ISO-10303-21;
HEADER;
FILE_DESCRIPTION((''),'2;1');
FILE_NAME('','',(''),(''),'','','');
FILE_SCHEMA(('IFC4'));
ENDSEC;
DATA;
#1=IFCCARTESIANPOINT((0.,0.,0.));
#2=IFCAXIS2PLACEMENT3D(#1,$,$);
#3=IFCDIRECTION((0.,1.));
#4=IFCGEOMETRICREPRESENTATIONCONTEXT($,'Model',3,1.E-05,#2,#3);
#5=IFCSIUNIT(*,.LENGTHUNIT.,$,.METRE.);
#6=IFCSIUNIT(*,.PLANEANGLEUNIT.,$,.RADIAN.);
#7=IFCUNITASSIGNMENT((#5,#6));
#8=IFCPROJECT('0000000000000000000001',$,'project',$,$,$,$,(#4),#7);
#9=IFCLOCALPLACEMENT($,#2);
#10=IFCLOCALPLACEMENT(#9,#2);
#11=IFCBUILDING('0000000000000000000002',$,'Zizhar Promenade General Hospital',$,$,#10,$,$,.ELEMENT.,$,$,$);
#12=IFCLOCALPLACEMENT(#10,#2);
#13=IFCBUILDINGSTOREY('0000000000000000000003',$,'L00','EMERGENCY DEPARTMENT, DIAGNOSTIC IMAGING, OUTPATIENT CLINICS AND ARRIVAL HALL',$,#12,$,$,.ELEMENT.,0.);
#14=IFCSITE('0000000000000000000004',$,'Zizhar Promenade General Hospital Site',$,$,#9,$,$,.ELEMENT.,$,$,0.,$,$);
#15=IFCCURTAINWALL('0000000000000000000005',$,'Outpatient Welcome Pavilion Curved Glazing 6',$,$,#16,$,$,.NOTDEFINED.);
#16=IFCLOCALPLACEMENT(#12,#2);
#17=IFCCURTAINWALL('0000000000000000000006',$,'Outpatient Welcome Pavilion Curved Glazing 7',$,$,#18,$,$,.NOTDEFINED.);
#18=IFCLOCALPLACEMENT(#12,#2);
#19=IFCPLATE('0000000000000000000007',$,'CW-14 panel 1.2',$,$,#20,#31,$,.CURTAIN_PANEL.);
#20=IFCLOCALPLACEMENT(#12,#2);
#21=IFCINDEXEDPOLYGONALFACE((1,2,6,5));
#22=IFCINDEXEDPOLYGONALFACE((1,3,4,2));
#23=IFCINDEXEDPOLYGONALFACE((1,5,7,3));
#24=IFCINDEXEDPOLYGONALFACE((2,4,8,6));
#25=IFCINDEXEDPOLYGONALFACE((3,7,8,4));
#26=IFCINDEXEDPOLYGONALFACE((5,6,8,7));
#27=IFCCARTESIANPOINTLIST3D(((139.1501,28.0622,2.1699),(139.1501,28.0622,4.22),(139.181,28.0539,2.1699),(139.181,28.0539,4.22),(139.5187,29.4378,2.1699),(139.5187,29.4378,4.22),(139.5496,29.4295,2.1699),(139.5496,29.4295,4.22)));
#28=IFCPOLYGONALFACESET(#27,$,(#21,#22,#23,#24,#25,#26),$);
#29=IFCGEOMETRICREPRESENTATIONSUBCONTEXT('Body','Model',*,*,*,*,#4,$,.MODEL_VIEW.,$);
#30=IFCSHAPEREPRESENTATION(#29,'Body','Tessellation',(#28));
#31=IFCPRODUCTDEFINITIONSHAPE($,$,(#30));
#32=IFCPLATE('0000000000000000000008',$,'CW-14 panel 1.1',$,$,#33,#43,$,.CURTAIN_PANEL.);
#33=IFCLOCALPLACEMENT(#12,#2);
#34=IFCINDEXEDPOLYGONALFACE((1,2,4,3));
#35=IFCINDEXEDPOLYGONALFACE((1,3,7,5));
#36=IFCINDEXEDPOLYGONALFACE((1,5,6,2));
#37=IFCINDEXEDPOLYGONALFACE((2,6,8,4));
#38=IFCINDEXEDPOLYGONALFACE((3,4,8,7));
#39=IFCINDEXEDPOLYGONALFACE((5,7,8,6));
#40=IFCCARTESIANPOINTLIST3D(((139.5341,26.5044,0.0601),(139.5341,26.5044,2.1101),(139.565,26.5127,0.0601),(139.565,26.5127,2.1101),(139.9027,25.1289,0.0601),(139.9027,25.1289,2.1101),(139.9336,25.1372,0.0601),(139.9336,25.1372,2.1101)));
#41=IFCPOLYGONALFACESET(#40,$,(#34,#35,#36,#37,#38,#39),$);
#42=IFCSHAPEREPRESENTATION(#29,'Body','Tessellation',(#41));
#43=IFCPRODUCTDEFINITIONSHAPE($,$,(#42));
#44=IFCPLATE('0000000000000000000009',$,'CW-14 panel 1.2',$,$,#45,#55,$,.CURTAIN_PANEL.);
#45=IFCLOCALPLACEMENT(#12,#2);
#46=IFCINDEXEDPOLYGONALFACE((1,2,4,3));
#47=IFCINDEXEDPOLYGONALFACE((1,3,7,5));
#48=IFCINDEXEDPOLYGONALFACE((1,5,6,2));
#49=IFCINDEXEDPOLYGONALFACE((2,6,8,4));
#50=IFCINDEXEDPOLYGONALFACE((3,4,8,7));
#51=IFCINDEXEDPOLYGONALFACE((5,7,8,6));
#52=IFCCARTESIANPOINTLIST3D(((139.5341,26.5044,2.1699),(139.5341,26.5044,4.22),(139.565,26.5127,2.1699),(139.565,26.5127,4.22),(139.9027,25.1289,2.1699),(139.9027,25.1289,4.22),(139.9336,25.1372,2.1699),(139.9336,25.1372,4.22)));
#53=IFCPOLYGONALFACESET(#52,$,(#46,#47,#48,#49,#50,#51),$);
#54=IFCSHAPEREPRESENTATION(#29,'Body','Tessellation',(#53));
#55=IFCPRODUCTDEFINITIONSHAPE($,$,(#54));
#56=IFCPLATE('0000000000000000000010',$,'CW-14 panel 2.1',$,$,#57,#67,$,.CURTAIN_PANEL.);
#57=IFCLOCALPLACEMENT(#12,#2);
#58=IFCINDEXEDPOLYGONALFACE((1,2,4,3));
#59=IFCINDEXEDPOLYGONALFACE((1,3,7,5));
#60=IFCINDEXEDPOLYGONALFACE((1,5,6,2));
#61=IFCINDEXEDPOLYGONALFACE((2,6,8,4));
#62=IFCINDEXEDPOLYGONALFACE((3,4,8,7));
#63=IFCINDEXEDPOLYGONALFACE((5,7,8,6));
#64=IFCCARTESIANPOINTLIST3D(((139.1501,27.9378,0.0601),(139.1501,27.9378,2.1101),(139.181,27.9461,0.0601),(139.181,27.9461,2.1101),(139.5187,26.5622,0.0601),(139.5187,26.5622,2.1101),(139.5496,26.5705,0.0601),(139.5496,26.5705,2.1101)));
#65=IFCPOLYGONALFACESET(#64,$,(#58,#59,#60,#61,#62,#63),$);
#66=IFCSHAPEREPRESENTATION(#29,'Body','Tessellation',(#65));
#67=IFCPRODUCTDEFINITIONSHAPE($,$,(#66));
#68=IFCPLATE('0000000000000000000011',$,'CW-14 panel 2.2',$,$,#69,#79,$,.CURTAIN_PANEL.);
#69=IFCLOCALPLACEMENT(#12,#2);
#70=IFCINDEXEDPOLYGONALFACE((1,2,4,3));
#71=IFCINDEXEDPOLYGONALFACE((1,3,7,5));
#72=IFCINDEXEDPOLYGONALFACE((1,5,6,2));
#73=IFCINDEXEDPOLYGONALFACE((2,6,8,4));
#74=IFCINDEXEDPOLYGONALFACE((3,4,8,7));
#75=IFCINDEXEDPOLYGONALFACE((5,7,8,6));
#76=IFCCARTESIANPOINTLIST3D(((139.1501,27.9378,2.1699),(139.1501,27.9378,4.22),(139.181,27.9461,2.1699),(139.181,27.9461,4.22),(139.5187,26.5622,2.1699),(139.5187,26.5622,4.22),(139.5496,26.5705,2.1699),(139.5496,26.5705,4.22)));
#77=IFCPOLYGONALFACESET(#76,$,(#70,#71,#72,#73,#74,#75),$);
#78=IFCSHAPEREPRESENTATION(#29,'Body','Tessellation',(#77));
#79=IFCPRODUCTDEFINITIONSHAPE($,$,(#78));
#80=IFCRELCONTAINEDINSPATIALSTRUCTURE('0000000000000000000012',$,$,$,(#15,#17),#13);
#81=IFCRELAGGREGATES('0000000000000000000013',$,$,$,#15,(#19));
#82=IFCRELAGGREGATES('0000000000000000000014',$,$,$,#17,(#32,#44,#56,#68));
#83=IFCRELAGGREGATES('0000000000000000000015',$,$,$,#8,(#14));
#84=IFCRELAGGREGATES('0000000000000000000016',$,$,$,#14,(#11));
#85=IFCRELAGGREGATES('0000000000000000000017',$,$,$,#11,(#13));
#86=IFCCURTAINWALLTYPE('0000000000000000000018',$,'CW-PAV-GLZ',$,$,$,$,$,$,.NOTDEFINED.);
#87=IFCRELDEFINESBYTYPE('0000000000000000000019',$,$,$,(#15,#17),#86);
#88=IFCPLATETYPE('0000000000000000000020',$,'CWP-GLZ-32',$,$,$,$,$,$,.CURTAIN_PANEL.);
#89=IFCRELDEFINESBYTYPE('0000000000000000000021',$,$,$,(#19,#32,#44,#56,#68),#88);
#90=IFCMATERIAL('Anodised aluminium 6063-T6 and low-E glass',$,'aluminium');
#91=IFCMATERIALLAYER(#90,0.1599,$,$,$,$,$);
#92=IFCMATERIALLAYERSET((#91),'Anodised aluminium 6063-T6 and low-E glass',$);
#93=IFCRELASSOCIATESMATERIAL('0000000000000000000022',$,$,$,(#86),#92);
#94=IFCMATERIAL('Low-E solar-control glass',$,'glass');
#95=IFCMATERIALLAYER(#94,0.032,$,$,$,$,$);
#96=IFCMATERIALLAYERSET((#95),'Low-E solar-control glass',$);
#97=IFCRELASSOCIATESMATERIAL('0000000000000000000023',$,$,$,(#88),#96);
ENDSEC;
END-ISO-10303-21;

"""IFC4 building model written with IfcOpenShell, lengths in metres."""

from ifc_helpers import new_model, si_unit, direction, frame, origin, origin_2d, place, context, subcontext, project, spatial, rectangle, extrude, material, layer, layer_set, type_object, element, aggregate, save


model = new_model("IFC4")

# Units and contexts
model_context = context("Model", 3, precision=1e-05, world=origin(), true_north=direction((0.0, 1.0)))
body_context = subcontext(model_context, "Body", "Model", "MODEL_VIEW")
ifc_project = project(units=[si_unit("LENGTHUNIT", "METRE"), si_unit("PLANEANGLEUNIT", "RADIAN")], contexts=[model_context])

# Site, building, storey
site_placement = place(None, origin())
site = spatial("IfcSite", under=ifc_project, at=site_placement, Name="Zizhar Promenade General Hospital Site", CompositionType="ELEMENT", RefElevation=0.0)
building_placement = place(site_placement, origin())
building = spatial("IfcBuilding", under=site, at=building_placement, Name="Zizhar Promenade General Hospital", CompositionType="ELEMENT")
storey_placement = place(building_placement, origin())
storey = spatial("IfcBuildingStorey", under=building, at=storey_placement, Name="L00", Description="EMERGENCY DEPARTMENT, DIAGNOSTIC IMAGING, OUTPATIENT CLINICS AND ARRIVAL HALL", CompositionType="ELEMENT", Elevation=0.0)

# Curtain walls
ifc_material_1 = material(Name="Anodised aluminium 6063-T6 and low-E glass", Category="aluminium")
ifc_layer_1 = layer(ifc_material_1, 0.1599)
ifc_layer_set_1 = layer_set([ifc_layer_1], Name="Anodised aluminium 6063-T6 and low-E glass")
curtain_wall_type = type_object("IfcCurtainWallType", Name="CW-PAV-GLZ", PredefinedType="NOTDEFINED", material=ifc_layer_set_1)
curtain_wall_1_placement = place(storey_placement, origin())
curtain_wall_1 = element("IfcCurtainWall", 1, at=curtain_wall_1_placement, inside=storey, type_object=curtain_wall_type, Name="Outpatient Welcome Pavilion Curved Glazing 6", PredefinedType="NOTDEFINED")
curtain_wall_2_placement = place(storey_placement, origin())
curtain_wall_2 = element("IfcCurtainWall", 2, at=curtain_wall_2_placement, inside=storey, type_object=curtain_wall_type, Name="Outpatient Welcome Pavilion Curved Glazing 7", PredefinedType="NOTDEFINED")

# Plates
ifc_material_2 = material(Name="Low-E solar-control glass", Category="glass")
ifc_layer_2 = layer(ifc_material_2, 0.032)
ifc_layer_set_2 = layer_set([ifc_layer_2], Name="Low-E solar-control glass")
plate_type = type_object("IfcPlateType", Name="CWP-GLZ-32", PredefinedType="CURTAIN_PANEL", material=ifc_layer_set_2)
plate_1_placement = place(storey_placement, frame((139.3499, 28.7458, 2.1699), z_axis=(0.0, 0.0, 1.0), x_axis=(0.258834, 0.965922, 0.0)))
plate_1 = element("IfcPlate", 3, at=plate_1_placement, type_object=plate_type, Name="CW-14 panel 1.2", PredefinedType="CURTAIN_PANEL", context=body_context, shape_type="SweptSolid", body=[
    extrude(rectangle(XDim=1.4241, YDim=0.032, at=origin_2d()), origin(), (0.0, 0.0, 1.0), 2.05),
])
aggregate(curtain_wall_1, [plate_1])
plate_2_placement = place(storey_placement, frame((139.7339, 25.8208, 0.0601), z_axis=(0.0, 0.0, 1.0), x_axis=(-0.258834, 0.965922, 0.0)))
plate_2 = element("IfcPlate", 4, at=plate_2_placement, type_object=plate_type, Name="CW-14 panel 1.1", PredefinedType="CURTAIN_PANEL", context=body_context, shape_type="SweptSolid", body=[
    extrude(rectangle(XDim=1.4241, YDim=0.032, at=origin_2d()), origin(), (0.0, 0.0, 1.0), 2.05),
])
plate_3_placement = place(storey_placement, frame((139.7339, 25.8208, 2.1699), z_axis=(0.0, 0.0, 1.0), x_axis=(-0.258834, 0.965922, 0.0)))
plate_3 = element("IfcPlate", 5, at=plate_3_placement, type_object=plate_type, Name="CW-14 panel 1.2", PredefinedType="CURTAIN_PANEL", context=body_context, shape_type="SweptSolid", body=[
    extrude(rectangle(XDim=1.4241, YDim=0.032, at=origin_2d()), origin(), (0.0, 0.0, 1.0), 2.05),
])
plate_4_placement = place(storey_placement, frame((139.3499, 27.2542, 0.0601), z_axis=(0.0, 0.0, 1.0), x_axis=(-0.258834, 0.965922, 0.0)))
plate_4 = element("IfcPlate", 6, at=plate_4_placement, type_object=plate_type, Name="CW-14 panel 2.1", PredefinedType="CURTAIN_PANEL", context=body_context, shape_type="SweptSolid", body=[
    extrude(rectangle(XDim=1.4241, YDim=0.032, at=origin_2d()), origin(), (0.0, 0.0, 1.0), 2.05),
])
plate_5_placement = place(storey_placement, frame((139.3499, 27.2542, 2.1699), z_axis=(0.0, 0.0, 1.0), x_axis=(-0.258834, 0.965922, 0.0)))
plate_5 = element("IfcPlate", 7, at=plate_5_placement, type_object=plate_type, Name="CW-14 panel 2.2", PredefinedType="CURTAIN_PANEL", context=body_context, shape_type="SweptSolid", body=[
    extrude(rectangle(XDim=1.4241, YDim=0.032, at=origin_2d()), origin(), (0.0, 0.0, 1.0), 2.05),
])
aggregate(curtain_wall_2, [plate_2, plate_3, plate_4, plate_5])

save(model, "model.ifc")
